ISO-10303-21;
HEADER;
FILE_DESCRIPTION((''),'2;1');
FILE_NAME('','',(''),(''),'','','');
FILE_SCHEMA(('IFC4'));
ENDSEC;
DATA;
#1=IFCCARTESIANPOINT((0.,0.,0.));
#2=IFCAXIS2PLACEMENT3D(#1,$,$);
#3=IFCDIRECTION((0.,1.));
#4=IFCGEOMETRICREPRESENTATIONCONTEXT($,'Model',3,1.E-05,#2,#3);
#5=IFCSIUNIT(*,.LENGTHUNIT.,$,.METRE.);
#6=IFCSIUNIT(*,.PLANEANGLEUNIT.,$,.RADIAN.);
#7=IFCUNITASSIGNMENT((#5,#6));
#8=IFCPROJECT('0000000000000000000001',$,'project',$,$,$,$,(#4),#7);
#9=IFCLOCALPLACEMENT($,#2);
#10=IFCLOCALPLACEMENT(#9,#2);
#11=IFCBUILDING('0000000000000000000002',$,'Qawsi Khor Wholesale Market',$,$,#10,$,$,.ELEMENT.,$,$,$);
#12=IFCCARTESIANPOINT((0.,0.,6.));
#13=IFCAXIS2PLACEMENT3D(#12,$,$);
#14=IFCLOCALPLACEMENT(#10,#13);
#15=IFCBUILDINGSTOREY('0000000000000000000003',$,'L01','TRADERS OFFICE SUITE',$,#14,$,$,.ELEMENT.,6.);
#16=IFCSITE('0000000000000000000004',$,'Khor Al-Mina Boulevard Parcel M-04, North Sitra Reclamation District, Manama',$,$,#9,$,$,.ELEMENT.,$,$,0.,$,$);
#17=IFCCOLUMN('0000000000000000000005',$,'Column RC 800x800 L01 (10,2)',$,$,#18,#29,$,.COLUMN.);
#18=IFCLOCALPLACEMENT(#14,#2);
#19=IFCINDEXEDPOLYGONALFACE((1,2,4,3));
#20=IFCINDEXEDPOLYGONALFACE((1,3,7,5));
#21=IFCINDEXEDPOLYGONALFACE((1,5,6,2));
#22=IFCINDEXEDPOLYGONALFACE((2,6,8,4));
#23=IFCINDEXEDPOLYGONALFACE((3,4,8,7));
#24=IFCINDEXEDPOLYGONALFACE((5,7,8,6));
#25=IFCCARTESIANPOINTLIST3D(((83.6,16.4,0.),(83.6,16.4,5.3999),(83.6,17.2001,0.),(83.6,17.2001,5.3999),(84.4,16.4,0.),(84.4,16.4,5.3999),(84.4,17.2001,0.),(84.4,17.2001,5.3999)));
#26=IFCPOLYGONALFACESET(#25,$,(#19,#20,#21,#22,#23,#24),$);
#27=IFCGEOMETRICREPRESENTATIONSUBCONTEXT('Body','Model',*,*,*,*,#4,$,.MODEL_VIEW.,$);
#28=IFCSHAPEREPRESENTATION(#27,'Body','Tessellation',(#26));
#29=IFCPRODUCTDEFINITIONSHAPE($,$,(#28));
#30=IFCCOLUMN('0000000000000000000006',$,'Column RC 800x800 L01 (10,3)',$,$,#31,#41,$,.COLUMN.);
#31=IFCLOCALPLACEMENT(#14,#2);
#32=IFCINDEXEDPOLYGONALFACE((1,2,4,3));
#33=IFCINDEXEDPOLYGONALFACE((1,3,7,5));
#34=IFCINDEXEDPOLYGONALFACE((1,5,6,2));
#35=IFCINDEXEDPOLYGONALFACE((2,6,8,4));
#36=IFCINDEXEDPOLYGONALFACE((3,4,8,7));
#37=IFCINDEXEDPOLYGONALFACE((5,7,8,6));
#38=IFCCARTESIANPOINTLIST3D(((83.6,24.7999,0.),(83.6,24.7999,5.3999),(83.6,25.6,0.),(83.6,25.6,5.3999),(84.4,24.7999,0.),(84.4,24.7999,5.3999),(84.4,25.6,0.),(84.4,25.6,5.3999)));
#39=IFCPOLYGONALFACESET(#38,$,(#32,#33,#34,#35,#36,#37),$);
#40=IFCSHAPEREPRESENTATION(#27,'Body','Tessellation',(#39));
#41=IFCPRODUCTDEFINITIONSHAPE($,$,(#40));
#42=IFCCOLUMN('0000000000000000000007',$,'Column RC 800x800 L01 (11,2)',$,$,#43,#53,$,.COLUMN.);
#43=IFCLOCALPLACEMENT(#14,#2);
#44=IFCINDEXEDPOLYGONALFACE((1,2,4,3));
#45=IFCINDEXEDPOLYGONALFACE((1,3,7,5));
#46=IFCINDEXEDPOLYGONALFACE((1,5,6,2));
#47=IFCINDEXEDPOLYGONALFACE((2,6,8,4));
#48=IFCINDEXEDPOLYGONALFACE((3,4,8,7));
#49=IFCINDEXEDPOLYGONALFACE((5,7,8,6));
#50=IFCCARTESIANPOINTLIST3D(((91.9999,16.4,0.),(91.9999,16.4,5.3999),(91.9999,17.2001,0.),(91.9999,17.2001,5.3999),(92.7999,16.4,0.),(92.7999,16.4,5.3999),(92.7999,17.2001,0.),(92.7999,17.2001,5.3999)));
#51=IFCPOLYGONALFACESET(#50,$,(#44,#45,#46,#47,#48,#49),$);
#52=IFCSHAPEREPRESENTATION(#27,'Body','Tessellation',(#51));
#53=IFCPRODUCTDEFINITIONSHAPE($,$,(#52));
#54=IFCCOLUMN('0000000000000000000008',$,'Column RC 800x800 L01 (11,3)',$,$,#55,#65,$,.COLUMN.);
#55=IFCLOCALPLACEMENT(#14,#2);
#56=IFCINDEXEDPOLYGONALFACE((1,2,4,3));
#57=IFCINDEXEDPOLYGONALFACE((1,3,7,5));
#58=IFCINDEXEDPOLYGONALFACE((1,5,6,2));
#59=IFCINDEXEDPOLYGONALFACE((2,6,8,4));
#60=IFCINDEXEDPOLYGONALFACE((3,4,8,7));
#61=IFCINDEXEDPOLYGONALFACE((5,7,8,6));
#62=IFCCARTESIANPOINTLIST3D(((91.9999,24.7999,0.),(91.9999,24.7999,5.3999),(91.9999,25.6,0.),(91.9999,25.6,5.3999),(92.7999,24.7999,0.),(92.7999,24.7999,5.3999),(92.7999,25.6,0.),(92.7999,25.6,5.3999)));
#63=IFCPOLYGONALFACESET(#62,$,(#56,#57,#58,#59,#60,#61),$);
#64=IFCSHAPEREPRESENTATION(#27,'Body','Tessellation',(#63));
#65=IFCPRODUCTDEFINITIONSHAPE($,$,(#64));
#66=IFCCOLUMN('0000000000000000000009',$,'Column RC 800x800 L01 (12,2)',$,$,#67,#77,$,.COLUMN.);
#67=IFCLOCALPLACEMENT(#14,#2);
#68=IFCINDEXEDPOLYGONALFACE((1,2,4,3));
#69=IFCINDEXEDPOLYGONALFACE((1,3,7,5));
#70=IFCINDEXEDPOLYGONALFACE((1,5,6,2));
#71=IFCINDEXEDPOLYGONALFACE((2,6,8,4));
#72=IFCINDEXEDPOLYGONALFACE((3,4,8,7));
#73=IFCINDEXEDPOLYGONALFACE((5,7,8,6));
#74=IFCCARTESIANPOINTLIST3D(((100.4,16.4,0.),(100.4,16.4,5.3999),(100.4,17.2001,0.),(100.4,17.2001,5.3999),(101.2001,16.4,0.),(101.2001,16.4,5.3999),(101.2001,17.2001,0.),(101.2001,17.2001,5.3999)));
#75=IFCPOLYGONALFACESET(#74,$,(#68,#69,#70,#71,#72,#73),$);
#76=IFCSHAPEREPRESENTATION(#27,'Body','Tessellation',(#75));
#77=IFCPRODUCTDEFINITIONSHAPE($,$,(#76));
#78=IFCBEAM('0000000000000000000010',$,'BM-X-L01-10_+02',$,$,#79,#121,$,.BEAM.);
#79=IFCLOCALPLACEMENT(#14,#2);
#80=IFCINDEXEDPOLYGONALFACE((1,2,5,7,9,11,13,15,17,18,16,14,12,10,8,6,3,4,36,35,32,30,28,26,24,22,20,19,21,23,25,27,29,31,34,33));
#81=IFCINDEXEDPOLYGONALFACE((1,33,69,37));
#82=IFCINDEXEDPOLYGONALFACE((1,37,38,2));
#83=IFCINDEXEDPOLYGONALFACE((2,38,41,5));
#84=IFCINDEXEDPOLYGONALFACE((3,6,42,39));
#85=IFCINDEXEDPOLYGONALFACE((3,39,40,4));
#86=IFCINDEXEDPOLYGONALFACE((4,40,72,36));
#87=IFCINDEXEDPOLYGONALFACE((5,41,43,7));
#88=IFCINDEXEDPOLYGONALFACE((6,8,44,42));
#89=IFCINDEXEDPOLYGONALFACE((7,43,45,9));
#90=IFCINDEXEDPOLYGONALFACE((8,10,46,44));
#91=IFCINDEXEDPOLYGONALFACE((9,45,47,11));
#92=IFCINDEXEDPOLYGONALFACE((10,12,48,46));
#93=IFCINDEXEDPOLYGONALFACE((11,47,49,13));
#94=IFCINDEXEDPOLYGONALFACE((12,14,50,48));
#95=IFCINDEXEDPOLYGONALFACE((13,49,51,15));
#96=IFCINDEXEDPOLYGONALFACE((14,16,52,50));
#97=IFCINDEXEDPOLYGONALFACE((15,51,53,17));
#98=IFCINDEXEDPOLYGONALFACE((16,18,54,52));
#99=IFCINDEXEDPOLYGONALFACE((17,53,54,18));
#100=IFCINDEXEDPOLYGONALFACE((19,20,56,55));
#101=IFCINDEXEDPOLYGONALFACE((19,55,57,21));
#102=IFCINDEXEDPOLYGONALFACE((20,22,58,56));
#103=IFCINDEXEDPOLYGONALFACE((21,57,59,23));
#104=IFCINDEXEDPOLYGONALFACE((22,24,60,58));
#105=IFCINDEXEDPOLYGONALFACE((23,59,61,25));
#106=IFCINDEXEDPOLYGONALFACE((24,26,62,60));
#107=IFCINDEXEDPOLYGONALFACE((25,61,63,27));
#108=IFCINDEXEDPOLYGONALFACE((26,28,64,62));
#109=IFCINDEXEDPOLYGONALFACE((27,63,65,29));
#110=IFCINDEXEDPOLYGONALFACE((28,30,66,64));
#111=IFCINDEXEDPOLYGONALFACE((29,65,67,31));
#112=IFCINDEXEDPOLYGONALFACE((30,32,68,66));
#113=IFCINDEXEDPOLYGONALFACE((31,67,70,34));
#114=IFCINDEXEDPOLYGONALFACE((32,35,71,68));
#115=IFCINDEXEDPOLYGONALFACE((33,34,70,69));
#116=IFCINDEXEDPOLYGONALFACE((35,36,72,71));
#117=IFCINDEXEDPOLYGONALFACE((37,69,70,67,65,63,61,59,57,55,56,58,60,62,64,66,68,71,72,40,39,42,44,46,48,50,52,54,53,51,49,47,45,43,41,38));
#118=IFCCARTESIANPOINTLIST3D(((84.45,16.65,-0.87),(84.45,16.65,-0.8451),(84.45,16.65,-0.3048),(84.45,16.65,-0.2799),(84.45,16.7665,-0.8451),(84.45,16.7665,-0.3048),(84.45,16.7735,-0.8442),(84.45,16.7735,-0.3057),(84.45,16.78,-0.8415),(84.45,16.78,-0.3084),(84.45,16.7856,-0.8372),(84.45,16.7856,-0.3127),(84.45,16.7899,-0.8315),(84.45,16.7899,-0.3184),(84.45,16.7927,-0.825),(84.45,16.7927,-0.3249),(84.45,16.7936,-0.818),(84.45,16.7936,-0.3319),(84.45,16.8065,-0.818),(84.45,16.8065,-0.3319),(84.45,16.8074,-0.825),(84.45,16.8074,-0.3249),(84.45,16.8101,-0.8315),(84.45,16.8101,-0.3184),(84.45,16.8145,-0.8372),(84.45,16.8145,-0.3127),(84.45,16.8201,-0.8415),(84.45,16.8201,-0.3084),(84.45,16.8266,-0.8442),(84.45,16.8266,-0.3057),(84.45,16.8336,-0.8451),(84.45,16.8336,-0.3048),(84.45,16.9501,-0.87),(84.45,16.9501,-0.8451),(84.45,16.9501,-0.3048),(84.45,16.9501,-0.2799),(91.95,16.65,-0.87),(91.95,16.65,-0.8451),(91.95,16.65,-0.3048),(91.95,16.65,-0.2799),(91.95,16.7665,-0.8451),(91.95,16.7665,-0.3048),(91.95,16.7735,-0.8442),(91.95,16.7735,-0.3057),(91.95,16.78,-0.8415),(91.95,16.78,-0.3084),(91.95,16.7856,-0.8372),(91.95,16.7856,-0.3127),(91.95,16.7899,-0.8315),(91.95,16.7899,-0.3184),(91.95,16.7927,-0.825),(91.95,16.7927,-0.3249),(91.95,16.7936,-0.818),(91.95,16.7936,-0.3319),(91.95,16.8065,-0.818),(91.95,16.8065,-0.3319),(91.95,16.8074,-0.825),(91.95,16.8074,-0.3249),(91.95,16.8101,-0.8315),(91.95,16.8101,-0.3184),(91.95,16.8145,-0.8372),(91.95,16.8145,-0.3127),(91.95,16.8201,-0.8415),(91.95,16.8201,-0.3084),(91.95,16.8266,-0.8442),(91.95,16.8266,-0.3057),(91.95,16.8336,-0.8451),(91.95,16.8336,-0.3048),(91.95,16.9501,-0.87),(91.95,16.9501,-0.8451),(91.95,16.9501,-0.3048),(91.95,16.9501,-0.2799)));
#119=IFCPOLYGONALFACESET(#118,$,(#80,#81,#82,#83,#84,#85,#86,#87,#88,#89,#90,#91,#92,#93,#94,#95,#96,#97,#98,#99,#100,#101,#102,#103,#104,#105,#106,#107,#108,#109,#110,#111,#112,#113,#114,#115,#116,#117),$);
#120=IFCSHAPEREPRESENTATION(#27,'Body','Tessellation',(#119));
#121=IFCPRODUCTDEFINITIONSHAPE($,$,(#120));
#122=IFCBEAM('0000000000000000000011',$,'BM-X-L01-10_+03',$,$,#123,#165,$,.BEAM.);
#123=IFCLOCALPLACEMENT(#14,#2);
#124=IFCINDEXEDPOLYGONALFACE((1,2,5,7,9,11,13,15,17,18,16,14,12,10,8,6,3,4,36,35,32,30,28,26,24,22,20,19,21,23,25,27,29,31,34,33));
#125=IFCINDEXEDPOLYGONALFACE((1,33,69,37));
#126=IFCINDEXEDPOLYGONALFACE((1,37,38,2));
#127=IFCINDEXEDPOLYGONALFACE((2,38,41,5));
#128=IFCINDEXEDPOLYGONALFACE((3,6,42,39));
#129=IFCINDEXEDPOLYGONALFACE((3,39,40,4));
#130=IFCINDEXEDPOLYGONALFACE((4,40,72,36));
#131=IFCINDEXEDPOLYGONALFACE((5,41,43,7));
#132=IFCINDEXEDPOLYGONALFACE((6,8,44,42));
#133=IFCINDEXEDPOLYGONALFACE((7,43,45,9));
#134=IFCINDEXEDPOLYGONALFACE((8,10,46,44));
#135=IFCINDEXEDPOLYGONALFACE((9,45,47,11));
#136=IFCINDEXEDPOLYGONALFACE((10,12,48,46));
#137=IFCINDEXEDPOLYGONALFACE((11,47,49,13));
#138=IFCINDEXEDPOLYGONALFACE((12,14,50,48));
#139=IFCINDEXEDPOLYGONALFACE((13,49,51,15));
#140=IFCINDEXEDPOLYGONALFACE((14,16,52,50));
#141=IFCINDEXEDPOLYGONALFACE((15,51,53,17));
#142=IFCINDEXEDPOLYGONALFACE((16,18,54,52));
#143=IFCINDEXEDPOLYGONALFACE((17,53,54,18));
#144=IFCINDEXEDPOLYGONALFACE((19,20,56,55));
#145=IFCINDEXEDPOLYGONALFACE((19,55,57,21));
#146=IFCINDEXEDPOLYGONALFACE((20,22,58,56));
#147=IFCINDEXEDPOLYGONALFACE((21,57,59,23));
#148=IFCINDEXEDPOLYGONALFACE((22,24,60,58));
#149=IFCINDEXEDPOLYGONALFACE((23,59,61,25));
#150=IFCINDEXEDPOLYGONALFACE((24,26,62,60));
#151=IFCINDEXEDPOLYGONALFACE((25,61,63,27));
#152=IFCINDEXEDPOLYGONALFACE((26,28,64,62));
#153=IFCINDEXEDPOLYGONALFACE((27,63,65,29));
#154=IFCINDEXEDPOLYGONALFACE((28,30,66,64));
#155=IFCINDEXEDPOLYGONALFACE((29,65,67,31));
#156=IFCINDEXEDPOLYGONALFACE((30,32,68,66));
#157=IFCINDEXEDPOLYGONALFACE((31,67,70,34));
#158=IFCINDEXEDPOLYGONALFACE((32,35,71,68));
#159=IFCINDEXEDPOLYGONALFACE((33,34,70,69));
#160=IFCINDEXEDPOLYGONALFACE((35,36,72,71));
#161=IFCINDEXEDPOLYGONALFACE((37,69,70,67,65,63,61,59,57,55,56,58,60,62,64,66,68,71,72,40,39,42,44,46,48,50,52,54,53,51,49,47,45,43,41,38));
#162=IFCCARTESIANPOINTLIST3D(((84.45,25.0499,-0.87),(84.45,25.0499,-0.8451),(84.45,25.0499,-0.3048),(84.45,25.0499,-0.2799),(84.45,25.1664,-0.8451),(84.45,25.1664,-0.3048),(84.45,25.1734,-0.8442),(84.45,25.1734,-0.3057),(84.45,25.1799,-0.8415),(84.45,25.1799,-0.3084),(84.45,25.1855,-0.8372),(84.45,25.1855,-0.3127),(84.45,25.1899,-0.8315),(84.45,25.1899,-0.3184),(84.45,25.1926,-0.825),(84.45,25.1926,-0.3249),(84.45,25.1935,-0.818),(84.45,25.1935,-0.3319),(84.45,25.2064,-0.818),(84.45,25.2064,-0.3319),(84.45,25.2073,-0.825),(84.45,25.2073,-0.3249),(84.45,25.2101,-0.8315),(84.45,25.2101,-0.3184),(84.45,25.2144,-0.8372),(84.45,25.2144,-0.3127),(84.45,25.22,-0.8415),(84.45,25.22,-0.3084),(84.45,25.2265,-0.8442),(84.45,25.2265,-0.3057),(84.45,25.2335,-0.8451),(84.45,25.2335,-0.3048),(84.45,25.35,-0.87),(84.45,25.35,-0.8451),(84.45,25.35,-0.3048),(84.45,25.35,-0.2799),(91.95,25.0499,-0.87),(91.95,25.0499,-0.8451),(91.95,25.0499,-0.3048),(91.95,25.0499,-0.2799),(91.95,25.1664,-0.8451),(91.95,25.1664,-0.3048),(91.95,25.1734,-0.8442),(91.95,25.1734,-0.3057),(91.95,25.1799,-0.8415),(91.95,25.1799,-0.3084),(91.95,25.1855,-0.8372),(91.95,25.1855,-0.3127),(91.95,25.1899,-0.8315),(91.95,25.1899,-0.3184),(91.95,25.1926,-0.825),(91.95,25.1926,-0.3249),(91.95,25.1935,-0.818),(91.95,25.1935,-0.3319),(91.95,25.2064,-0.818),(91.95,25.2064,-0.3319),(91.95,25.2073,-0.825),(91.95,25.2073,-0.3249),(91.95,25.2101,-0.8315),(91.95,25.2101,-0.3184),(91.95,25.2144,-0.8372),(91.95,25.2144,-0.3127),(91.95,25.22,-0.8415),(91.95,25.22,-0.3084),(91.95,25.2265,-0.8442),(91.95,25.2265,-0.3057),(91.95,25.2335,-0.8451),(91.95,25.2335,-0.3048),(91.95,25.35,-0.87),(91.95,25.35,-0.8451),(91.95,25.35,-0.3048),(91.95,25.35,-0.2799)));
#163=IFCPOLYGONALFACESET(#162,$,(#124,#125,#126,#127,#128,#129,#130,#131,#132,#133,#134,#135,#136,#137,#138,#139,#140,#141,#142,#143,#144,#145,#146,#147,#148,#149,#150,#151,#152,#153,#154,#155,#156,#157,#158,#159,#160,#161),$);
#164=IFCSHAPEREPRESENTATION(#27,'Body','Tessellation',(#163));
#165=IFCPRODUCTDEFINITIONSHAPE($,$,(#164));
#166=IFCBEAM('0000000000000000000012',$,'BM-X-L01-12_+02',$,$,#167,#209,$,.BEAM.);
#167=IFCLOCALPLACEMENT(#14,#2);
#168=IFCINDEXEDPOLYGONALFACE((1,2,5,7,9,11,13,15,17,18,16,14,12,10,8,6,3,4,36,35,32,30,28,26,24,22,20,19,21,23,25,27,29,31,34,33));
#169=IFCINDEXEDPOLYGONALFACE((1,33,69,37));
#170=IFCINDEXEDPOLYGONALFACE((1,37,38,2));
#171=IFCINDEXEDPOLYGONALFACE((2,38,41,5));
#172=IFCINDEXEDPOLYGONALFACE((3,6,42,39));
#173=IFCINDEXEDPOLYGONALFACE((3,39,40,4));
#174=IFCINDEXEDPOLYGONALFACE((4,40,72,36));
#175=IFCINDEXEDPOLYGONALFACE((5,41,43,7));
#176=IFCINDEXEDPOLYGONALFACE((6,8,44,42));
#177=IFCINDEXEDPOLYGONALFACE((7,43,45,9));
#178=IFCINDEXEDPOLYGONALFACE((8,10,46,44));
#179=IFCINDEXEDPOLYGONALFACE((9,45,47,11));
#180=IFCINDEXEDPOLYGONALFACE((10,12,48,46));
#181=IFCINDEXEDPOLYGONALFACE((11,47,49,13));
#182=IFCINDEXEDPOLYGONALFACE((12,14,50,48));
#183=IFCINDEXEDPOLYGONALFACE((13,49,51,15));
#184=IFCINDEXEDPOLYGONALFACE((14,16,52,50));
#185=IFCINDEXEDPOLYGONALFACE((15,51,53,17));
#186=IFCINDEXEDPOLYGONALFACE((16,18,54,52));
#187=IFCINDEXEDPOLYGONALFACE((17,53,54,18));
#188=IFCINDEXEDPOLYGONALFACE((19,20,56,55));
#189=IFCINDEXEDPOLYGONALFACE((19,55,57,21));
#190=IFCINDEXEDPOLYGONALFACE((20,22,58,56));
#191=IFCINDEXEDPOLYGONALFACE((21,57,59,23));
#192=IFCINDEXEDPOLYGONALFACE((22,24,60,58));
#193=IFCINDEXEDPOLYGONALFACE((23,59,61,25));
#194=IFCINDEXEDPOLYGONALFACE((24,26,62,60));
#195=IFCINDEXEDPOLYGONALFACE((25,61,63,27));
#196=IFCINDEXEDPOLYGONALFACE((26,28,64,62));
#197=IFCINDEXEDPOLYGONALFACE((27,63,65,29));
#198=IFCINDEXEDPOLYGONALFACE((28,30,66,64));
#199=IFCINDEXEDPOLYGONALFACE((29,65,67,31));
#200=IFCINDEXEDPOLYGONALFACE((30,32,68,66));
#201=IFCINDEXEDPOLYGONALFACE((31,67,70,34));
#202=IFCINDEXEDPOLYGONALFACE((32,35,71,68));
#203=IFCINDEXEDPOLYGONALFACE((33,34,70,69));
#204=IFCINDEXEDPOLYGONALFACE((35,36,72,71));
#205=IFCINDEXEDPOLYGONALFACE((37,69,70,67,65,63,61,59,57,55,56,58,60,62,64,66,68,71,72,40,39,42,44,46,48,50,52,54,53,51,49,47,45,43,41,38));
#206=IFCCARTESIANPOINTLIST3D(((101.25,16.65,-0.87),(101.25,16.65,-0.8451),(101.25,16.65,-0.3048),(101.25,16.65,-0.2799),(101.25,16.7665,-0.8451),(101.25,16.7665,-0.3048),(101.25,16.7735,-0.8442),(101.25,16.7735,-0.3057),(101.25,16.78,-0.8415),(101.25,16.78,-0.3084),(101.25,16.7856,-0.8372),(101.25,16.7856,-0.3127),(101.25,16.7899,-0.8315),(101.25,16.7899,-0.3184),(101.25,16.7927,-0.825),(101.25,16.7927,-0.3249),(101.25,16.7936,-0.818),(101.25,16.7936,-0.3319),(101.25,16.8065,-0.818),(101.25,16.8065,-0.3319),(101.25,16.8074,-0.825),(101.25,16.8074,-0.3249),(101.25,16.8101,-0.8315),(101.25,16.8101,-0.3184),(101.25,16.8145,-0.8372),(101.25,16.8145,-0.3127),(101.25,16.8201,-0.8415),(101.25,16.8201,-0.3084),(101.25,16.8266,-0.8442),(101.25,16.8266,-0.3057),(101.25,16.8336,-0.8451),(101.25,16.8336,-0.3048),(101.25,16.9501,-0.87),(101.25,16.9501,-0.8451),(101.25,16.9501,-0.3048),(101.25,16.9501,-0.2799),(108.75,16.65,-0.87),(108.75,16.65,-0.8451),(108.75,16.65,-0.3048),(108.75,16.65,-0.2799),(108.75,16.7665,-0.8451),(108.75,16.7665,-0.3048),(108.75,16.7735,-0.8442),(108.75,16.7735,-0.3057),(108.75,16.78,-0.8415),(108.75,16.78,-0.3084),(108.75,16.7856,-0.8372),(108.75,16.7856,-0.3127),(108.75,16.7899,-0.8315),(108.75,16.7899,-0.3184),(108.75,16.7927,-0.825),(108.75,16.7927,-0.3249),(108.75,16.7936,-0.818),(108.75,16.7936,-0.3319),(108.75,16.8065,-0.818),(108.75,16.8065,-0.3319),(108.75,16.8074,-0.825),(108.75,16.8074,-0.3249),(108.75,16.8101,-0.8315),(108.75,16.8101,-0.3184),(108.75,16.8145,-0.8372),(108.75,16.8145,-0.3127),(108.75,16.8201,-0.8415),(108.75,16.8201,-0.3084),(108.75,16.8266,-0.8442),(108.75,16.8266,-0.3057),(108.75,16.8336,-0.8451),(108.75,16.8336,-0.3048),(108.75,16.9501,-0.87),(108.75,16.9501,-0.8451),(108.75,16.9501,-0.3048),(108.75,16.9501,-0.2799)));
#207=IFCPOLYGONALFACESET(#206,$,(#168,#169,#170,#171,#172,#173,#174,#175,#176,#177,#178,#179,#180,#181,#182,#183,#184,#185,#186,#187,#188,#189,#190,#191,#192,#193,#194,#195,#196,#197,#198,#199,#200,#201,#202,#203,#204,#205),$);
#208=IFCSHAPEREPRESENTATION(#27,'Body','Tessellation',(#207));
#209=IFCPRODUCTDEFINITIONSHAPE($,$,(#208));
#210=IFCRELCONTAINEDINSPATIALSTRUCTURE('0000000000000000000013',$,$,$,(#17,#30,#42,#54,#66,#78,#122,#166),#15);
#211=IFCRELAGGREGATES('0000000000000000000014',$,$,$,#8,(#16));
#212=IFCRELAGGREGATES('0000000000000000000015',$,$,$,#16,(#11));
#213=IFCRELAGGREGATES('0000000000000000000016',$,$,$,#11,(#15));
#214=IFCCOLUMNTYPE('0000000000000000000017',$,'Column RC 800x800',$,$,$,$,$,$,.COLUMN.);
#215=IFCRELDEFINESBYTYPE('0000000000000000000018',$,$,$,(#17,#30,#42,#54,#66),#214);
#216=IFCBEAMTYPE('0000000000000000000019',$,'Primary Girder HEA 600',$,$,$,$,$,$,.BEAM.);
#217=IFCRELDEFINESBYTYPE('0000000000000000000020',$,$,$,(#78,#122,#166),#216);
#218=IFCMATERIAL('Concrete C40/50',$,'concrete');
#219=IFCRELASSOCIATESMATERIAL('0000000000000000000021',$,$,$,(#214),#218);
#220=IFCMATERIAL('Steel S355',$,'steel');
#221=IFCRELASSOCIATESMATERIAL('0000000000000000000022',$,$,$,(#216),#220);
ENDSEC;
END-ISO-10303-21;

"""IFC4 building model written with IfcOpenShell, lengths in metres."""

from ifc_helpers import new_model, si_unit, direction, frame, origin, origin_2d, place, context, subcontext, project, spatial, rectangle, i_section, extrude, material, material_profile, profile_set, type_object, element, save


model = new_model("IFC4")

# Units and contexts
model_context = context("Model", 3, precision=1e-05, world=origin(), true_north=direction((0.0, 1.0)))
body_context = subcontext(model_context, "Body", "Model", "MODEL_VIEW")
ifc_project = project(units=[si_unit("LENGTHUNIT", "METRE"), si_unit("PLANEANGLEUNIT", "RADIAN")], contexts=[model_context])

# Site, building, storey
site_placement = place(None, origin())
site = spatial("IfcSite", under=ifc_project, at=site_placement, Name="Khor Al-Mina Boulevard Parcel M-04, North Sitra Reclamation District, Manama", CompositionType="ELEMENT", RefElevation=0.0)
building_placement = place(site_placement, origin())
building = spatial("IfcBuilding", under=site, at=building_placement, Name="Qawsi Khor Wholesale Market", CompositionType="ELEMENT")
storey_placement = place(building_placement, frame((0.0, 0.0, 6.0)))
storey = spatial("IfcBuildingStorey", under=building, at=storey_placement, Name="L01", Description="TRADERS OFFICE SUITE", CompositionType="ELEMENT", Elevation=6.0)

# Columns
ifc_material_1 = material(Name="Concrete C40/50", Category="concrete")
ifc_material_profile_1 = material_profile(ifc_material_1, rectangle(XDim=0.8, YDim=0.8, at=origin_2d()), Name="RC 800x800")
ifc_profile_set_1 = profile_set([ifc_material_profile_1], Name="Concrete C40/50")
column_type = type_object("IfcColumnType", Name="Column RC 800x800", PredefinedType="COLUMN", material=ifc_profile_set_1)
for number, where, z_axis, x_axis, name in (
    (1, (84.0, 16.8, 0.0), (0.0, 0.0, 1.0), (1.0, 0.0, 0.0), "Column RC 800x800 L01 (10,2)"),
    (2, (84.0, 25.2, 0.0), (0.0, 0.0, 1.0), (1.0, 0.0, 0.0), "Column RC 800x800 L01 (10,3)"),
    (3, (92.3999, 16.8, 0.0), (0.0, 0.0, 1.0), (1.0, 0.0, 0.0), "Column RC 800x800 L01 (11,2)"),
    (4, (92.3999, 25.2, 0.0), (0.0, 0.0, 1.0), (1.0, 0.0, 0.0), "Column RC 800x800 L01 (11,3)"),
    (5, (100.8, 16.8, 0.0), (0.0, 0.0, 1.0), (1.0, 0.0, 0.0), "Column RC 800x800 L01 (12,2)"),
):
    element("IfcColumn", number, at=place(storey_placement, frame(where, z_axis=z_axis, x_axis=x_axis)), inside=storey, type_object=column_type, Name=name, PredefinedType="COLUMN", context=body_context, shape_type="SweptSolid", body=[
        extrude(rectangle(XDim=0.8, YDim=0.8, at=origin_2d()), origin(), (0.0, 0.0, 1.0), 5.3999),
    ])

# Beams
ifc_material_2 = material(Name="Steel S355", Category="steel")
ifc_material_profile_2 = material_profile(ifc_material_2, i_section(OverallWidth=0.3, OverallDepth=0.5901, WebThickness=0.0129, FlangeThickness=0.0249, FilletRadius=0.0271, at=origin_2d()), Name="HEA 600")
ifc_profile_set_2 = profile_set([ifc_material_profile_2], Name="Steel S355")
beam_type_1 = type_object("IfcBeamType", Name="Primary Girder HEA 600", PredefinedType="BEAM", material=ifc_profile_set_2)
for number, where, z_axis, x_axis, name in (
    (6, (84.45, 16.8, -0.575), (1.0, 0.0, 0.0), (0.0, 1.0, 0.0), "BM-X-L01-10_+02"),
    (7, (84.45, 25.2, -0.575), (1.0, 0.0, 0.0), (0.0, 1.0, 0.0), "BM-X-L01-10_+03"),
    (8, (101.25, 16.8, -0.575), (1.0, 0.0, 0.0), (0.0, 1.0, 0.0), "BM-X-L01-12_+02"),
):
    element("IfcBeam", number, at=place(storey_placement, frame(where, z_axis=z_axis, x_axis=x_axis)), inside=storey, type_object=beam_type_1, Name=name, PredefinedType="BEAM", context=body_context, shape_type="SweptSolid", body=[
        extrude(i_section(OverallWidth=0.3, OverallDepth=0.5901, WebThickness=0.0129, FlangeThickness=0.0249, FilletRadius=0.0271, at=origin_2d()), origin(), (0.0, 0.0, 1.0), 7.5),
    ])

save(model, "model.ifc")
